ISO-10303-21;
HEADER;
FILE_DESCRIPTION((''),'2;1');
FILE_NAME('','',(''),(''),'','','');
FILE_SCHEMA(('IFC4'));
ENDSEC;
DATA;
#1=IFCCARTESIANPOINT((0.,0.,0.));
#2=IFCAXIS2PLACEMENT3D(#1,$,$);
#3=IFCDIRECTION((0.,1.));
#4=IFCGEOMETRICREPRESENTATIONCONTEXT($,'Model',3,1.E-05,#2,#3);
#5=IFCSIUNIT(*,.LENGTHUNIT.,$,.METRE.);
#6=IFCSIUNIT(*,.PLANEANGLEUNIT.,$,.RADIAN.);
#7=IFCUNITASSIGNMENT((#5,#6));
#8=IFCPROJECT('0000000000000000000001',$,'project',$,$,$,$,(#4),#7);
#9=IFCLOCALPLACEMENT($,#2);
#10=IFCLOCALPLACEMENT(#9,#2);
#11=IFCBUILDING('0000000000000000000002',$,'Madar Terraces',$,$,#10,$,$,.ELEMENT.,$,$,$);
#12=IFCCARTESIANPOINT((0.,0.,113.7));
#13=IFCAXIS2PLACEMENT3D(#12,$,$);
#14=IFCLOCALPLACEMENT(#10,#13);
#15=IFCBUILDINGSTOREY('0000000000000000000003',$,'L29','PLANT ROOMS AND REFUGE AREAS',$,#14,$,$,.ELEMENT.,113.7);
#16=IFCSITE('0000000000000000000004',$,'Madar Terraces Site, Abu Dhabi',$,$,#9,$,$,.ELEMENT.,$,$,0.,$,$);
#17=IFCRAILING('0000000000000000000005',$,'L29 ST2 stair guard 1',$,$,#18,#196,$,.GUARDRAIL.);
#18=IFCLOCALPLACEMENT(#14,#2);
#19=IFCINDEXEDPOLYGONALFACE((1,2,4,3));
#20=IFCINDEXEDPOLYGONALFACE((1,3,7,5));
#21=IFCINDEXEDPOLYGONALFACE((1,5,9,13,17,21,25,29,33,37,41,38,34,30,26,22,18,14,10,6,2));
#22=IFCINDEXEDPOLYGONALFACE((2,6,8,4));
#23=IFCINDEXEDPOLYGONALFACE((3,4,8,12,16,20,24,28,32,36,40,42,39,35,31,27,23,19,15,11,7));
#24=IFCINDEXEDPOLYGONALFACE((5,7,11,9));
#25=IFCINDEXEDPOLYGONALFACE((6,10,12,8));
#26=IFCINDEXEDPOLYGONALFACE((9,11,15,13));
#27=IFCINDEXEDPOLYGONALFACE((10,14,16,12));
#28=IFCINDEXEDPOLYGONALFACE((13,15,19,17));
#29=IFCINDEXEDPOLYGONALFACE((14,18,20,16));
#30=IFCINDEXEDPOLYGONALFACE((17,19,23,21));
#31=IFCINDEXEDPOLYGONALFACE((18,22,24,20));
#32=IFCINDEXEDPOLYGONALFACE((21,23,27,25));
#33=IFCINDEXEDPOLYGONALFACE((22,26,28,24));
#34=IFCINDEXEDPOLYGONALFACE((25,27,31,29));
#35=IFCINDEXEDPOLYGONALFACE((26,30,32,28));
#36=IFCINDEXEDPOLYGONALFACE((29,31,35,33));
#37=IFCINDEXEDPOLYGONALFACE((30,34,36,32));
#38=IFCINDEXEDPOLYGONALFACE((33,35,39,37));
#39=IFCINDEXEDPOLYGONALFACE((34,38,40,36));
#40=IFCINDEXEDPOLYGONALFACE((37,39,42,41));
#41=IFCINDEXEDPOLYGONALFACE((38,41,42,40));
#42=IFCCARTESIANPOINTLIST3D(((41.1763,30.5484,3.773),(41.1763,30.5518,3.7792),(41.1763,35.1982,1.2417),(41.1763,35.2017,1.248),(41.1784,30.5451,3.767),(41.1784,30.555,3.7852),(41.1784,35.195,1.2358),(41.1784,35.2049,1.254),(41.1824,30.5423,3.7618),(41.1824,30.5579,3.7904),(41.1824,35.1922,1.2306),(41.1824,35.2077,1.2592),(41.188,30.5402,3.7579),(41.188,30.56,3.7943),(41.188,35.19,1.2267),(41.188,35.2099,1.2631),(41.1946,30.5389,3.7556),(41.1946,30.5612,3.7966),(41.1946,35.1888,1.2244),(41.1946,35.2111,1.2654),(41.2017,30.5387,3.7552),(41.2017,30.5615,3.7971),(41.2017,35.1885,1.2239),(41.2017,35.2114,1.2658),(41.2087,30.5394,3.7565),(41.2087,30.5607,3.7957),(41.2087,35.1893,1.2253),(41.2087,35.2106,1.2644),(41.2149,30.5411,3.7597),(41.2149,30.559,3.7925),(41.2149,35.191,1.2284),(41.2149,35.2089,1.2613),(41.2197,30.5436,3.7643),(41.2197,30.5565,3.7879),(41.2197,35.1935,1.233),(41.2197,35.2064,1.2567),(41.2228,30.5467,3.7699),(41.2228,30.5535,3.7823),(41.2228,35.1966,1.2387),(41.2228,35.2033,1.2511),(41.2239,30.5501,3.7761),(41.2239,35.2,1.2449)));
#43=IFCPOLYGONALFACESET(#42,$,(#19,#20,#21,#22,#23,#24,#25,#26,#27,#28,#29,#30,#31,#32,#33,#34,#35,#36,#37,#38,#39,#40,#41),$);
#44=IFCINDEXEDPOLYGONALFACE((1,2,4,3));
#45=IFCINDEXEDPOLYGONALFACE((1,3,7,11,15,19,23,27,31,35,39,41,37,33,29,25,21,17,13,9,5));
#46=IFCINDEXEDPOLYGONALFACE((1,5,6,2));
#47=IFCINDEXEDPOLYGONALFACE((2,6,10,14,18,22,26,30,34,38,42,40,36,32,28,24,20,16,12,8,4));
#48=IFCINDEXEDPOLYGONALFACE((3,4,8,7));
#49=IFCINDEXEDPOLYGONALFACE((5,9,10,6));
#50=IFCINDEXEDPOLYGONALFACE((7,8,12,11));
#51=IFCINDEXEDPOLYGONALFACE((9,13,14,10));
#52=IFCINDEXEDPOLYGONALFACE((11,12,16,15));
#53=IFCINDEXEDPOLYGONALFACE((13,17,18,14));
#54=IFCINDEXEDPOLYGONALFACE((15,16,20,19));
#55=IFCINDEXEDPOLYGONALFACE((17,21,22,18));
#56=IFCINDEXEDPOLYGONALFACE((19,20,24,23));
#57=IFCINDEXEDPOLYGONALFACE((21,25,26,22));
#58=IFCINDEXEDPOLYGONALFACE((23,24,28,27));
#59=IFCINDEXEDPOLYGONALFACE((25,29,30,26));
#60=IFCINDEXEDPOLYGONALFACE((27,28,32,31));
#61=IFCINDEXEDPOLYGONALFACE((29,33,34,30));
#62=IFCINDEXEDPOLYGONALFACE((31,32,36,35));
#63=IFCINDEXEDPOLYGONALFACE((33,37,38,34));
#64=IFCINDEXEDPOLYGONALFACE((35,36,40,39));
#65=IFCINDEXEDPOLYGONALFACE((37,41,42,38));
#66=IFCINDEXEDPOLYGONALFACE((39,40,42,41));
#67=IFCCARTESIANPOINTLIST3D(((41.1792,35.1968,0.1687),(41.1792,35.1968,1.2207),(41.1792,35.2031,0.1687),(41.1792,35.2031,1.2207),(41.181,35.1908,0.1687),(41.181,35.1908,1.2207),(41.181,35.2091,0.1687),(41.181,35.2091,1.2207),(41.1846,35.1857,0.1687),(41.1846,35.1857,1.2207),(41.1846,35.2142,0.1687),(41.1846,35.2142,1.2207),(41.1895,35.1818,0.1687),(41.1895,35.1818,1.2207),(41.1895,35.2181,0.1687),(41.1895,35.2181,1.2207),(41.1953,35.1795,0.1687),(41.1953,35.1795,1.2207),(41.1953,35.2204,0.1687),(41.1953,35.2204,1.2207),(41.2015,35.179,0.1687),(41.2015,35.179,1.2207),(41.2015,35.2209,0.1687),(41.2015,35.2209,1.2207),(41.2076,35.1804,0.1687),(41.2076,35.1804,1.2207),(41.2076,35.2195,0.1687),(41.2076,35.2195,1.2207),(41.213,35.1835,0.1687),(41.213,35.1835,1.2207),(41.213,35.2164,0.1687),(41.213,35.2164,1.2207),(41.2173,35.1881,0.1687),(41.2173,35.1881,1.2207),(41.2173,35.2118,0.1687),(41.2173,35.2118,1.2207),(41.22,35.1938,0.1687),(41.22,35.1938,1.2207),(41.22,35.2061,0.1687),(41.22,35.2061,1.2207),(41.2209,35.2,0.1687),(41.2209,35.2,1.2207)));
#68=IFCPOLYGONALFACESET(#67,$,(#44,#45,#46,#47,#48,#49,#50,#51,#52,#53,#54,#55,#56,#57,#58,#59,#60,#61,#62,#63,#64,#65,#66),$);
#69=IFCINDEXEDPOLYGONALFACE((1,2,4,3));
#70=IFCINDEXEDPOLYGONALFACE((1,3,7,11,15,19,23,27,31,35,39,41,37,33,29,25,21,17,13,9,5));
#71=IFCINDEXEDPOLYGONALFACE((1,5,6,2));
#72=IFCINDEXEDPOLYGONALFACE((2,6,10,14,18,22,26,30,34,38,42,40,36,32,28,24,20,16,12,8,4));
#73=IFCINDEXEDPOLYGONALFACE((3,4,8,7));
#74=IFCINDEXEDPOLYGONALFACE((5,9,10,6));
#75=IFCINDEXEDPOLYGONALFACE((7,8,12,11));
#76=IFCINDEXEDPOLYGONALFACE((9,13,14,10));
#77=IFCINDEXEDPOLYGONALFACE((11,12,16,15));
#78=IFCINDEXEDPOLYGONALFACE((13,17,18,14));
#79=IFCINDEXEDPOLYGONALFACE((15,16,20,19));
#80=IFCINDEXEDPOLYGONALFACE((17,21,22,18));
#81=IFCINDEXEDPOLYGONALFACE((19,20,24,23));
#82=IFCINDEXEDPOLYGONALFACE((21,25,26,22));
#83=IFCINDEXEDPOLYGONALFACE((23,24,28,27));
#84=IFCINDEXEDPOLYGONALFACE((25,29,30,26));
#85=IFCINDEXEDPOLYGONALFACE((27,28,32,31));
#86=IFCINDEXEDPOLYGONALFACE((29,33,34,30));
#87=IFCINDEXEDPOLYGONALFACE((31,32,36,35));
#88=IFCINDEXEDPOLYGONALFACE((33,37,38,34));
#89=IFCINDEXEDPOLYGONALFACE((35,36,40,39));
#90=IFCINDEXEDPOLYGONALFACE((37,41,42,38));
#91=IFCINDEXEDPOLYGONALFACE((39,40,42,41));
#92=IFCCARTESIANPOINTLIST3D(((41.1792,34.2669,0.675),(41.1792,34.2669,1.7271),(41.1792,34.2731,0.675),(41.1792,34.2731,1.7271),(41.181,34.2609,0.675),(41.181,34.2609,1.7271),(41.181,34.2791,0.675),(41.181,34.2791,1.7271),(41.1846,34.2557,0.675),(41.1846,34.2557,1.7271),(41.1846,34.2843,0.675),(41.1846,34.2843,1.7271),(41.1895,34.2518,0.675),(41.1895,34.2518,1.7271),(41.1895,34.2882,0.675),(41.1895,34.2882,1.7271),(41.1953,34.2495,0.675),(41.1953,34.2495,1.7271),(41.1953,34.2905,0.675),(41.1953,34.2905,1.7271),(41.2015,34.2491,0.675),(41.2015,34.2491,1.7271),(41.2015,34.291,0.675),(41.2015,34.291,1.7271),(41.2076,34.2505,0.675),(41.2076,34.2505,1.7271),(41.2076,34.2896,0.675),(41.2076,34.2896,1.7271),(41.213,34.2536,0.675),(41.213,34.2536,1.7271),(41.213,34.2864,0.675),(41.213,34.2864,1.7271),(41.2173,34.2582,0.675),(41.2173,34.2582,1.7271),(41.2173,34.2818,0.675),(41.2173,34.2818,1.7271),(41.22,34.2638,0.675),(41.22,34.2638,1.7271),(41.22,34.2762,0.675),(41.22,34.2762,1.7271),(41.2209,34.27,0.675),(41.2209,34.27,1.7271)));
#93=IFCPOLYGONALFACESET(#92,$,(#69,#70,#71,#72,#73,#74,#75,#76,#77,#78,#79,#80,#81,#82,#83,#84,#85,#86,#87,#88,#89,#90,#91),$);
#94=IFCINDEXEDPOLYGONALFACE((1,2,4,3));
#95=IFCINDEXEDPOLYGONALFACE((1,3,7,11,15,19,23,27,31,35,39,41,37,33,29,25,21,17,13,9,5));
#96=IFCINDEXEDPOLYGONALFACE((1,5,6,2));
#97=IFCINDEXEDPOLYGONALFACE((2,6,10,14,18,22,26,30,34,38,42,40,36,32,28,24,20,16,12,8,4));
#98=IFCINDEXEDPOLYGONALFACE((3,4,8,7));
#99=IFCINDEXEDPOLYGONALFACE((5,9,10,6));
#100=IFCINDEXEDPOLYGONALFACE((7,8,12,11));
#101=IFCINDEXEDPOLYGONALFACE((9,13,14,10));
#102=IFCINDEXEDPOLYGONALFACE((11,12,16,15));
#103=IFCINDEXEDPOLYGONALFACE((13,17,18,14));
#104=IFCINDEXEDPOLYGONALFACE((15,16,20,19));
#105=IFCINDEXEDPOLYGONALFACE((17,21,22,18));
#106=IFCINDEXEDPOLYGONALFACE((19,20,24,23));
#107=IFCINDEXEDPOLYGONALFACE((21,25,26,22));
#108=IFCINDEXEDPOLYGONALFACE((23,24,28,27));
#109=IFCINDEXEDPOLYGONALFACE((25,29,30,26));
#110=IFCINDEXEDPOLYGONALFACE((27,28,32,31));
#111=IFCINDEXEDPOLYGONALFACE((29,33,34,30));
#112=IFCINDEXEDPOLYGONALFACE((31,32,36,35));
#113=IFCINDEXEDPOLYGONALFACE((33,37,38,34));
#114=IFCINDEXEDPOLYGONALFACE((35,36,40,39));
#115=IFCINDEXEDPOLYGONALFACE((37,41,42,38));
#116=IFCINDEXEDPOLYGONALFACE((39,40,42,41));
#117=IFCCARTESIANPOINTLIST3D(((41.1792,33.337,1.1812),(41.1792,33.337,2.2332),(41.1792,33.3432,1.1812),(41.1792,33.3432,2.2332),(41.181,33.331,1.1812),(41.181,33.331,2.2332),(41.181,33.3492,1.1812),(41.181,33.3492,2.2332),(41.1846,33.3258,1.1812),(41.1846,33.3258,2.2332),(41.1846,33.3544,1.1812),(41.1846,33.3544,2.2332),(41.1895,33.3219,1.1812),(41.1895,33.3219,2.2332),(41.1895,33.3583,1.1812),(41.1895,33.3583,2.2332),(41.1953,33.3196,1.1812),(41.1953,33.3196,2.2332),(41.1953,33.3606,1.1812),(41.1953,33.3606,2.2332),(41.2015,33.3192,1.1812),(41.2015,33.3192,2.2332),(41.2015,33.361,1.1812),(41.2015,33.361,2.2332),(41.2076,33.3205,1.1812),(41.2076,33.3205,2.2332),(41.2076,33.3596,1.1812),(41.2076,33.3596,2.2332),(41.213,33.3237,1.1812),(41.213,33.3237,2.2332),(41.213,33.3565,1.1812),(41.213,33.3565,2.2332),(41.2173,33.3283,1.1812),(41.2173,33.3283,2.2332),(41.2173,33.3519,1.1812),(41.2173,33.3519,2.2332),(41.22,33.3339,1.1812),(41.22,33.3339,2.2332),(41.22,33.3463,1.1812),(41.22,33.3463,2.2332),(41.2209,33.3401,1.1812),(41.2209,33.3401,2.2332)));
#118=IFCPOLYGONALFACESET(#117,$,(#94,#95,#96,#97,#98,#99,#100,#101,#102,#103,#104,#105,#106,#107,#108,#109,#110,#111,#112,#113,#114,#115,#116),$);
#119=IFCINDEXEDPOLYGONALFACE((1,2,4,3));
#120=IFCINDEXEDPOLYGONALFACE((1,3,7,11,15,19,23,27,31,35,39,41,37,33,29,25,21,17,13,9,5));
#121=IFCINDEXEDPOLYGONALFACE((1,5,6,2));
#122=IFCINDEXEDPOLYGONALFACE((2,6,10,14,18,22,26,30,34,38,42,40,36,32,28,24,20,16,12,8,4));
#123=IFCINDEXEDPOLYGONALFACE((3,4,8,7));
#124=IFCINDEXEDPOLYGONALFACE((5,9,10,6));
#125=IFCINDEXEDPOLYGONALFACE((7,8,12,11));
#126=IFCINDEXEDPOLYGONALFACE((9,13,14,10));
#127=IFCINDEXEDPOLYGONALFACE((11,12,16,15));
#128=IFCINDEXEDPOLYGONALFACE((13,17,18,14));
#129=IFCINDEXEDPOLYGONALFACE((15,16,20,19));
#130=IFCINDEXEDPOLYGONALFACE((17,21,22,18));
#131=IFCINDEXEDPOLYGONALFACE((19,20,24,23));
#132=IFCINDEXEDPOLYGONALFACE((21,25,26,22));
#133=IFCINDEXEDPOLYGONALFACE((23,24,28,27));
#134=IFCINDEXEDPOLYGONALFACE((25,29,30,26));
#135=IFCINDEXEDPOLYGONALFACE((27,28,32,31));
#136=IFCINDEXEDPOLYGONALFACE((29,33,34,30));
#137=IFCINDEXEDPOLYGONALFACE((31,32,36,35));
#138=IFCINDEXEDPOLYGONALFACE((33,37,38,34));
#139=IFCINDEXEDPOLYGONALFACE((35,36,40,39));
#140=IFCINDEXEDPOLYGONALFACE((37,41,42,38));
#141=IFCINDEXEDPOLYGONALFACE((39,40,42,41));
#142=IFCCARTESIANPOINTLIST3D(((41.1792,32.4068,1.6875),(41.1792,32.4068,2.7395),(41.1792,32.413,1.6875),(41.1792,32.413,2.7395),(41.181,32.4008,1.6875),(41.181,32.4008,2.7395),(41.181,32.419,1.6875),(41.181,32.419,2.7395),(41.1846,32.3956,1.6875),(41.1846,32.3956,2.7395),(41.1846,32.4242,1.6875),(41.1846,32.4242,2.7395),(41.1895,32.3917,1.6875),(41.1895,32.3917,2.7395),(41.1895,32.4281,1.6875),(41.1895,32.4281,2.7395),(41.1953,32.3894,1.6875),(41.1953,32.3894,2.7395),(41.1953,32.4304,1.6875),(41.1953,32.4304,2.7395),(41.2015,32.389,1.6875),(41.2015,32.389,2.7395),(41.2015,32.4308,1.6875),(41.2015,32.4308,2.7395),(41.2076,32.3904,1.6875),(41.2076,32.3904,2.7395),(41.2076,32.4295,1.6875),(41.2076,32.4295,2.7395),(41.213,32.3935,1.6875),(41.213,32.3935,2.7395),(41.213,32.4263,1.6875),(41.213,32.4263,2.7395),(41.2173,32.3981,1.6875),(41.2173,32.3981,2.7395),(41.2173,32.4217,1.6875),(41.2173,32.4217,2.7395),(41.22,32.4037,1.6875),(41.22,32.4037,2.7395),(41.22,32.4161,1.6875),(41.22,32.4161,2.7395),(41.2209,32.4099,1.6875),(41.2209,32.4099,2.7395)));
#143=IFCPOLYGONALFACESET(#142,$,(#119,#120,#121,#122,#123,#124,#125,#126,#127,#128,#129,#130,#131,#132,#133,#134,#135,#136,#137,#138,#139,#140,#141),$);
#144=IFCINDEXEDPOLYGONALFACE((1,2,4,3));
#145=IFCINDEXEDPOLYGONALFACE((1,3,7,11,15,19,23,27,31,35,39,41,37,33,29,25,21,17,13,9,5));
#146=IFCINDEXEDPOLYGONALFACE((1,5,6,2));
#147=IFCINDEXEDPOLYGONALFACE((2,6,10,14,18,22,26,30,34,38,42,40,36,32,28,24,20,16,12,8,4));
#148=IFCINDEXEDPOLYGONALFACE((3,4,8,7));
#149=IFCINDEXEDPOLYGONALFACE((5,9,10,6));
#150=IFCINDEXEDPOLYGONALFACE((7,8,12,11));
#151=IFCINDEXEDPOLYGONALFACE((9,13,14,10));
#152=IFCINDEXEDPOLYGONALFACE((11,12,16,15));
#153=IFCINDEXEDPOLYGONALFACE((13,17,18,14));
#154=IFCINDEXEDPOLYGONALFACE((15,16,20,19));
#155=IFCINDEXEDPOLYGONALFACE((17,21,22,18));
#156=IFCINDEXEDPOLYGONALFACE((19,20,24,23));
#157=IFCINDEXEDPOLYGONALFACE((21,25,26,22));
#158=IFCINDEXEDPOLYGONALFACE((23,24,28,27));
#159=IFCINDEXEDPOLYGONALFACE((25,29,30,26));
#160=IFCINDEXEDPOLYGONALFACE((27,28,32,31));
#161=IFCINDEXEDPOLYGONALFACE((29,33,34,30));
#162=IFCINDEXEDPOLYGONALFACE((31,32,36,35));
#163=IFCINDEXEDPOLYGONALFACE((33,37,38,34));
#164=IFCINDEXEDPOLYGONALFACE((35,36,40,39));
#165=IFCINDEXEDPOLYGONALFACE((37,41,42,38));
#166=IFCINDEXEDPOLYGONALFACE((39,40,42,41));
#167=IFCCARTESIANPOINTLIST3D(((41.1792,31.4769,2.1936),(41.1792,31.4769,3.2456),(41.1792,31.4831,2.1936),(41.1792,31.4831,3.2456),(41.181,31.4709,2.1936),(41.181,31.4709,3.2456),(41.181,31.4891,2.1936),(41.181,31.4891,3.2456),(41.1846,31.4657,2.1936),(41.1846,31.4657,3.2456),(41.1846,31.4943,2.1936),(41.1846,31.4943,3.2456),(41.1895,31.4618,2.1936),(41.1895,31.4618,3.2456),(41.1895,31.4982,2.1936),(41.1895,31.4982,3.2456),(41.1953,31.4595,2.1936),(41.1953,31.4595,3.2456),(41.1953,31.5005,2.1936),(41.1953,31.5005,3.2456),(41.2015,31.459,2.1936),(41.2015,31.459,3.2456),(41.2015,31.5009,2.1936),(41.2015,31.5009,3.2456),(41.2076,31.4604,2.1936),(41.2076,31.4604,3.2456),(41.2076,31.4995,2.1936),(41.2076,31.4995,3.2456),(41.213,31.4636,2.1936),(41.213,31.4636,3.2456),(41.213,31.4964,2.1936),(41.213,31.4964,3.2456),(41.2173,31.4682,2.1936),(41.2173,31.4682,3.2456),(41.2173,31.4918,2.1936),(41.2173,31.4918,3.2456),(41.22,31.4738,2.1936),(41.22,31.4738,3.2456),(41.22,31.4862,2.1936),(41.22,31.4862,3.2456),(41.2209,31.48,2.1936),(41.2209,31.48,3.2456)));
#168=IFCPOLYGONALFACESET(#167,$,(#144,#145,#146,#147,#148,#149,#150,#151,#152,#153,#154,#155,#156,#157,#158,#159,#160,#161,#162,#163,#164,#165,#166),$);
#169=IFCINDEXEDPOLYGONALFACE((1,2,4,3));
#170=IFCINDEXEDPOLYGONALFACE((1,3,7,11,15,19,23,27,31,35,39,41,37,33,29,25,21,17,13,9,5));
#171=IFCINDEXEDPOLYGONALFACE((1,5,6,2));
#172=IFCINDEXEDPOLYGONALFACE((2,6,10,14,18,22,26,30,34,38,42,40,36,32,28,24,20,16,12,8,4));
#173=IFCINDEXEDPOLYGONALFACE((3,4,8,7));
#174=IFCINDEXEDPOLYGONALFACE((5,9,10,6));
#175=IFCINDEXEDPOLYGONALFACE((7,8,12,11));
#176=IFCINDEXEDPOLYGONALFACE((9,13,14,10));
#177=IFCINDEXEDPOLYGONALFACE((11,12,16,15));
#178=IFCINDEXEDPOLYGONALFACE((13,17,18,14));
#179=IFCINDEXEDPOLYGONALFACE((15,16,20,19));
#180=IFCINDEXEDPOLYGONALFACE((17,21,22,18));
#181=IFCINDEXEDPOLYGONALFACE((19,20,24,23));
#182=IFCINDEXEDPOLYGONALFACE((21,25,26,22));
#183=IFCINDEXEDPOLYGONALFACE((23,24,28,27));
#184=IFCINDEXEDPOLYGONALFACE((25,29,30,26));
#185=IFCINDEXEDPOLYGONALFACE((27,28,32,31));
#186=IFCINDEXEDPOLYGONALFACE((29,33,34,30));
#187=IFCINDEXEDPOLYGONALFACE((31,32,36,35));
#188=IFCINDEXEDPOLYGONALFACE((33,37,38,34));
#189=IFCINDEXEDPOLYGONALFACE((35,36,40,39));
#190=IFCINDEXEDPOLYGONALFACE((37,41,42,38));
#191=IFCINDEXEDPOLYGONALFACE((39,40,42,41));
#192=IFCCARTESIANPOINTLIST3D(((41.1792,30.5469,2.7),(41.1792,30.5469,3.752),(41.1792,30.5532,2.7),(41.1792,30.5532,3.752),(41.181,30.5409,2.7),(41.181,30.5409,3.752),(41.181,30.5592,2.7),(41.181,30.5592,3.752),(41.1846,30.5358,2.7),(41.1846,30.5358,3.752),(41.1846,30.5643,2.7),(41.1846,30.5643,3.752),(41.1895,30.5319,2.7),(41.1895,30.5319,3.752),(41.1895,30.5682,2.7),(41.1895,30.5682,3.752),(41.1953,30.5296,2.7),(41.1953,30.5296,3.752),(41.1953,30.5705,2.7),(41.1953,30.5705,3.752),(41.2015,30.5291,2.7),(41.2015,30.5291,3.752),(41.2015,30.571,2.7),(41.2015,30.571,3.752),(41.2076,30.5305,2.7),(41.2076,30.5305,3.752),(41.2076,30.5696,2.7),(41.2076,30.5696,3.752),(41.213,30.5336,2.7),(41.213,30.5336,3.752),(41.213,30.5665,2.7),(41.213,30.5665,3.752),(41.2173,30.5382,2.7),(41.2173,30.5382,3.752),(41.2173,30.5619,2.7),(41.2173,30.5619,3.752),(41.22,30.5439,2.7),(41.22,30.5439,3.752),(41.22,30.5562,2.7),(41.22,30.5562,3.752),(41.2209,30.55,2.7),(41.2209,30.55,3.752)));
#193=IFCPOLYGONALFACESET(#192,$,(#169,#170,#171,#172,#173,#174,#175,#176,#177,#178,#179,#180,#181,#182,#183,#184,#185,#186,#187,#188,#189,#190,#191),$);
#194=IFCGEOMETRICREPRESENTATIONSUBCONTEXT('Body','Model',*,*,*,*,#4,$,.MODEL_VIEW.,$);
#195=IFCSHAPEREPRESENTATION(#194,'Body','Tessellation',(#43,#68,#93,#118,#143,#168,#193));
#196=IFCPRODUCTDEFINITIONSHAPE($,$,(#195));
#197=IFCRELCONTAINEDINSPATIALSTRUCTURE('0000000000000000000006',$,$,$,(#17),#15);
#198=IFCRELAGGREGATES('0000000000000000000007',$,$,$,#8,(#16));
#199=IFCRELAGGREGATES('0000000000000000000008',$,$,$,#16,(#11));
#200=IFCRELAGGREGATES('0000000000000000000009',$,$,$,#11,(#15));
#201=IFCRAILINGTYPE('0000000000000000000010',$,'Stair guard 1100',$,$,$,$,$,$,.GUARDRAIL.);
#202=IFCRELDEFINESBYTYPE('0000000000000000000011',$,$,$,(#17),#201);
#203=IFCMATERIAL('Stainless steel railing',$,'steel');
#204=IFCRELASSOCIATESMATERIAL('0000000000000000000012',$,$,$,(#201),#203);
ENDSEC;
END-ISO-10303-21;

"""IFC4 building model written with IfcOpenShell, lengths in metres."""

from ifc_helpers import new_model, si_unit, direction, frame, origin, origin_2d, place, context, subcontext, project, spatial, circle, extrude, material, type_object, element, save


model = new_model("IFC4")

# Units and contexts
model_context = context("Model", 3, precision=1e-05, world=origin(), true_north=direction((0.0, 1.0)))
body_context = subcontext(model_context, "Body", "Model", "MODEL_VIEW")
ifc_project = project(units=[si_unit("LENGTHUNIT", "METRE"), si_unit("PLANEANGLEUNIT", "RADIAN")], contexts=[model_context])

# Site, building, storey
site_placement = place(None, origin())
site = spatial("IfcSite", under=ifc_project, at=site_placement, Name="Madar Terraces Site, Abu Dhabi", CompositionType="ELEMENT", RefElevation=0.0)
building_placement = place(site_placement, origin())
building = spatial("IfcBuilding", under=site, at=building_placement, Name="Madar Terraces", CompositionType="ELEMENT")
storey_placement = place(building_placement, frame((0.0, 0.0, 113.7)))
storey = spatial("IfcBuildingStorey", under=building, at=storey_placement, Name="L29", Description="PLANT ROOMS AND REFUGE AREAS", CompositionType="ELEMENT", Elevation=113.7)

# Railing
ifc_material_1 = material(Name="Stainless steel railing", Category="steel")
railing_type_1 = type_object("IfcRailingType", Name="Stair guard 1100", PredefinedType="GUARDRAIL", material=ifc_material_1)
railing_1_placement = place(storey_placement, frame((41.2, 35.2, 0.1687)))
element("IfcRailing", 1, at=railing_1_placement, inside=storey, type_object=railing_type_1, Name="L29 ST2 stair guard 1", PredefinedType="GUARDRAIL", context=body_context, shape_type="SweptSolid", body=[
    extrude(circle(Radius=0.0239, at=origin_2d()), frame((0.0, 0.0, 1.0762), z_axis=(0.0, -0.878297, 0.478115), x_axis=(1.0, 0.0, 0.0)), (0.0, 0.0, 1.0), 5.2942),
    extrude(circle(Radius=0.021, at=origin_2d()), origin(), (0.0, 0.0, 1.0), 1.052),
    extrude(circle(Radius=0.021, at=origin_2d()), frame((0.0, -0.9299, 0.5063)), (0.0, 0.0, 1.0), 1.052),
    extrude(circle(Radius=0.021, at=origin_2d()), frame((0.0, -1.8599, 1.0125)), (0.0, 0.0, 1.0), 1.052),
    extrude(circle(Radius=0.021, at=origin_2d()), frame((0.0, -2.79, 1.5188)), (0.0, 0.0, 1.0), 1.052),
    extrude(circle(Radius=0.021, at=origin_2d()), frame((0.0, -3.72, 2.0249)), (0.0, 0.0, 1.0), 1.052),
    extrude(circle(Radius=0.021, at=origin_2d()), frame((0.0, -4.6499, 2.5312)), (0.0, 0.0, 1.0), 1.052),
])

save(model, "model.ifc")
